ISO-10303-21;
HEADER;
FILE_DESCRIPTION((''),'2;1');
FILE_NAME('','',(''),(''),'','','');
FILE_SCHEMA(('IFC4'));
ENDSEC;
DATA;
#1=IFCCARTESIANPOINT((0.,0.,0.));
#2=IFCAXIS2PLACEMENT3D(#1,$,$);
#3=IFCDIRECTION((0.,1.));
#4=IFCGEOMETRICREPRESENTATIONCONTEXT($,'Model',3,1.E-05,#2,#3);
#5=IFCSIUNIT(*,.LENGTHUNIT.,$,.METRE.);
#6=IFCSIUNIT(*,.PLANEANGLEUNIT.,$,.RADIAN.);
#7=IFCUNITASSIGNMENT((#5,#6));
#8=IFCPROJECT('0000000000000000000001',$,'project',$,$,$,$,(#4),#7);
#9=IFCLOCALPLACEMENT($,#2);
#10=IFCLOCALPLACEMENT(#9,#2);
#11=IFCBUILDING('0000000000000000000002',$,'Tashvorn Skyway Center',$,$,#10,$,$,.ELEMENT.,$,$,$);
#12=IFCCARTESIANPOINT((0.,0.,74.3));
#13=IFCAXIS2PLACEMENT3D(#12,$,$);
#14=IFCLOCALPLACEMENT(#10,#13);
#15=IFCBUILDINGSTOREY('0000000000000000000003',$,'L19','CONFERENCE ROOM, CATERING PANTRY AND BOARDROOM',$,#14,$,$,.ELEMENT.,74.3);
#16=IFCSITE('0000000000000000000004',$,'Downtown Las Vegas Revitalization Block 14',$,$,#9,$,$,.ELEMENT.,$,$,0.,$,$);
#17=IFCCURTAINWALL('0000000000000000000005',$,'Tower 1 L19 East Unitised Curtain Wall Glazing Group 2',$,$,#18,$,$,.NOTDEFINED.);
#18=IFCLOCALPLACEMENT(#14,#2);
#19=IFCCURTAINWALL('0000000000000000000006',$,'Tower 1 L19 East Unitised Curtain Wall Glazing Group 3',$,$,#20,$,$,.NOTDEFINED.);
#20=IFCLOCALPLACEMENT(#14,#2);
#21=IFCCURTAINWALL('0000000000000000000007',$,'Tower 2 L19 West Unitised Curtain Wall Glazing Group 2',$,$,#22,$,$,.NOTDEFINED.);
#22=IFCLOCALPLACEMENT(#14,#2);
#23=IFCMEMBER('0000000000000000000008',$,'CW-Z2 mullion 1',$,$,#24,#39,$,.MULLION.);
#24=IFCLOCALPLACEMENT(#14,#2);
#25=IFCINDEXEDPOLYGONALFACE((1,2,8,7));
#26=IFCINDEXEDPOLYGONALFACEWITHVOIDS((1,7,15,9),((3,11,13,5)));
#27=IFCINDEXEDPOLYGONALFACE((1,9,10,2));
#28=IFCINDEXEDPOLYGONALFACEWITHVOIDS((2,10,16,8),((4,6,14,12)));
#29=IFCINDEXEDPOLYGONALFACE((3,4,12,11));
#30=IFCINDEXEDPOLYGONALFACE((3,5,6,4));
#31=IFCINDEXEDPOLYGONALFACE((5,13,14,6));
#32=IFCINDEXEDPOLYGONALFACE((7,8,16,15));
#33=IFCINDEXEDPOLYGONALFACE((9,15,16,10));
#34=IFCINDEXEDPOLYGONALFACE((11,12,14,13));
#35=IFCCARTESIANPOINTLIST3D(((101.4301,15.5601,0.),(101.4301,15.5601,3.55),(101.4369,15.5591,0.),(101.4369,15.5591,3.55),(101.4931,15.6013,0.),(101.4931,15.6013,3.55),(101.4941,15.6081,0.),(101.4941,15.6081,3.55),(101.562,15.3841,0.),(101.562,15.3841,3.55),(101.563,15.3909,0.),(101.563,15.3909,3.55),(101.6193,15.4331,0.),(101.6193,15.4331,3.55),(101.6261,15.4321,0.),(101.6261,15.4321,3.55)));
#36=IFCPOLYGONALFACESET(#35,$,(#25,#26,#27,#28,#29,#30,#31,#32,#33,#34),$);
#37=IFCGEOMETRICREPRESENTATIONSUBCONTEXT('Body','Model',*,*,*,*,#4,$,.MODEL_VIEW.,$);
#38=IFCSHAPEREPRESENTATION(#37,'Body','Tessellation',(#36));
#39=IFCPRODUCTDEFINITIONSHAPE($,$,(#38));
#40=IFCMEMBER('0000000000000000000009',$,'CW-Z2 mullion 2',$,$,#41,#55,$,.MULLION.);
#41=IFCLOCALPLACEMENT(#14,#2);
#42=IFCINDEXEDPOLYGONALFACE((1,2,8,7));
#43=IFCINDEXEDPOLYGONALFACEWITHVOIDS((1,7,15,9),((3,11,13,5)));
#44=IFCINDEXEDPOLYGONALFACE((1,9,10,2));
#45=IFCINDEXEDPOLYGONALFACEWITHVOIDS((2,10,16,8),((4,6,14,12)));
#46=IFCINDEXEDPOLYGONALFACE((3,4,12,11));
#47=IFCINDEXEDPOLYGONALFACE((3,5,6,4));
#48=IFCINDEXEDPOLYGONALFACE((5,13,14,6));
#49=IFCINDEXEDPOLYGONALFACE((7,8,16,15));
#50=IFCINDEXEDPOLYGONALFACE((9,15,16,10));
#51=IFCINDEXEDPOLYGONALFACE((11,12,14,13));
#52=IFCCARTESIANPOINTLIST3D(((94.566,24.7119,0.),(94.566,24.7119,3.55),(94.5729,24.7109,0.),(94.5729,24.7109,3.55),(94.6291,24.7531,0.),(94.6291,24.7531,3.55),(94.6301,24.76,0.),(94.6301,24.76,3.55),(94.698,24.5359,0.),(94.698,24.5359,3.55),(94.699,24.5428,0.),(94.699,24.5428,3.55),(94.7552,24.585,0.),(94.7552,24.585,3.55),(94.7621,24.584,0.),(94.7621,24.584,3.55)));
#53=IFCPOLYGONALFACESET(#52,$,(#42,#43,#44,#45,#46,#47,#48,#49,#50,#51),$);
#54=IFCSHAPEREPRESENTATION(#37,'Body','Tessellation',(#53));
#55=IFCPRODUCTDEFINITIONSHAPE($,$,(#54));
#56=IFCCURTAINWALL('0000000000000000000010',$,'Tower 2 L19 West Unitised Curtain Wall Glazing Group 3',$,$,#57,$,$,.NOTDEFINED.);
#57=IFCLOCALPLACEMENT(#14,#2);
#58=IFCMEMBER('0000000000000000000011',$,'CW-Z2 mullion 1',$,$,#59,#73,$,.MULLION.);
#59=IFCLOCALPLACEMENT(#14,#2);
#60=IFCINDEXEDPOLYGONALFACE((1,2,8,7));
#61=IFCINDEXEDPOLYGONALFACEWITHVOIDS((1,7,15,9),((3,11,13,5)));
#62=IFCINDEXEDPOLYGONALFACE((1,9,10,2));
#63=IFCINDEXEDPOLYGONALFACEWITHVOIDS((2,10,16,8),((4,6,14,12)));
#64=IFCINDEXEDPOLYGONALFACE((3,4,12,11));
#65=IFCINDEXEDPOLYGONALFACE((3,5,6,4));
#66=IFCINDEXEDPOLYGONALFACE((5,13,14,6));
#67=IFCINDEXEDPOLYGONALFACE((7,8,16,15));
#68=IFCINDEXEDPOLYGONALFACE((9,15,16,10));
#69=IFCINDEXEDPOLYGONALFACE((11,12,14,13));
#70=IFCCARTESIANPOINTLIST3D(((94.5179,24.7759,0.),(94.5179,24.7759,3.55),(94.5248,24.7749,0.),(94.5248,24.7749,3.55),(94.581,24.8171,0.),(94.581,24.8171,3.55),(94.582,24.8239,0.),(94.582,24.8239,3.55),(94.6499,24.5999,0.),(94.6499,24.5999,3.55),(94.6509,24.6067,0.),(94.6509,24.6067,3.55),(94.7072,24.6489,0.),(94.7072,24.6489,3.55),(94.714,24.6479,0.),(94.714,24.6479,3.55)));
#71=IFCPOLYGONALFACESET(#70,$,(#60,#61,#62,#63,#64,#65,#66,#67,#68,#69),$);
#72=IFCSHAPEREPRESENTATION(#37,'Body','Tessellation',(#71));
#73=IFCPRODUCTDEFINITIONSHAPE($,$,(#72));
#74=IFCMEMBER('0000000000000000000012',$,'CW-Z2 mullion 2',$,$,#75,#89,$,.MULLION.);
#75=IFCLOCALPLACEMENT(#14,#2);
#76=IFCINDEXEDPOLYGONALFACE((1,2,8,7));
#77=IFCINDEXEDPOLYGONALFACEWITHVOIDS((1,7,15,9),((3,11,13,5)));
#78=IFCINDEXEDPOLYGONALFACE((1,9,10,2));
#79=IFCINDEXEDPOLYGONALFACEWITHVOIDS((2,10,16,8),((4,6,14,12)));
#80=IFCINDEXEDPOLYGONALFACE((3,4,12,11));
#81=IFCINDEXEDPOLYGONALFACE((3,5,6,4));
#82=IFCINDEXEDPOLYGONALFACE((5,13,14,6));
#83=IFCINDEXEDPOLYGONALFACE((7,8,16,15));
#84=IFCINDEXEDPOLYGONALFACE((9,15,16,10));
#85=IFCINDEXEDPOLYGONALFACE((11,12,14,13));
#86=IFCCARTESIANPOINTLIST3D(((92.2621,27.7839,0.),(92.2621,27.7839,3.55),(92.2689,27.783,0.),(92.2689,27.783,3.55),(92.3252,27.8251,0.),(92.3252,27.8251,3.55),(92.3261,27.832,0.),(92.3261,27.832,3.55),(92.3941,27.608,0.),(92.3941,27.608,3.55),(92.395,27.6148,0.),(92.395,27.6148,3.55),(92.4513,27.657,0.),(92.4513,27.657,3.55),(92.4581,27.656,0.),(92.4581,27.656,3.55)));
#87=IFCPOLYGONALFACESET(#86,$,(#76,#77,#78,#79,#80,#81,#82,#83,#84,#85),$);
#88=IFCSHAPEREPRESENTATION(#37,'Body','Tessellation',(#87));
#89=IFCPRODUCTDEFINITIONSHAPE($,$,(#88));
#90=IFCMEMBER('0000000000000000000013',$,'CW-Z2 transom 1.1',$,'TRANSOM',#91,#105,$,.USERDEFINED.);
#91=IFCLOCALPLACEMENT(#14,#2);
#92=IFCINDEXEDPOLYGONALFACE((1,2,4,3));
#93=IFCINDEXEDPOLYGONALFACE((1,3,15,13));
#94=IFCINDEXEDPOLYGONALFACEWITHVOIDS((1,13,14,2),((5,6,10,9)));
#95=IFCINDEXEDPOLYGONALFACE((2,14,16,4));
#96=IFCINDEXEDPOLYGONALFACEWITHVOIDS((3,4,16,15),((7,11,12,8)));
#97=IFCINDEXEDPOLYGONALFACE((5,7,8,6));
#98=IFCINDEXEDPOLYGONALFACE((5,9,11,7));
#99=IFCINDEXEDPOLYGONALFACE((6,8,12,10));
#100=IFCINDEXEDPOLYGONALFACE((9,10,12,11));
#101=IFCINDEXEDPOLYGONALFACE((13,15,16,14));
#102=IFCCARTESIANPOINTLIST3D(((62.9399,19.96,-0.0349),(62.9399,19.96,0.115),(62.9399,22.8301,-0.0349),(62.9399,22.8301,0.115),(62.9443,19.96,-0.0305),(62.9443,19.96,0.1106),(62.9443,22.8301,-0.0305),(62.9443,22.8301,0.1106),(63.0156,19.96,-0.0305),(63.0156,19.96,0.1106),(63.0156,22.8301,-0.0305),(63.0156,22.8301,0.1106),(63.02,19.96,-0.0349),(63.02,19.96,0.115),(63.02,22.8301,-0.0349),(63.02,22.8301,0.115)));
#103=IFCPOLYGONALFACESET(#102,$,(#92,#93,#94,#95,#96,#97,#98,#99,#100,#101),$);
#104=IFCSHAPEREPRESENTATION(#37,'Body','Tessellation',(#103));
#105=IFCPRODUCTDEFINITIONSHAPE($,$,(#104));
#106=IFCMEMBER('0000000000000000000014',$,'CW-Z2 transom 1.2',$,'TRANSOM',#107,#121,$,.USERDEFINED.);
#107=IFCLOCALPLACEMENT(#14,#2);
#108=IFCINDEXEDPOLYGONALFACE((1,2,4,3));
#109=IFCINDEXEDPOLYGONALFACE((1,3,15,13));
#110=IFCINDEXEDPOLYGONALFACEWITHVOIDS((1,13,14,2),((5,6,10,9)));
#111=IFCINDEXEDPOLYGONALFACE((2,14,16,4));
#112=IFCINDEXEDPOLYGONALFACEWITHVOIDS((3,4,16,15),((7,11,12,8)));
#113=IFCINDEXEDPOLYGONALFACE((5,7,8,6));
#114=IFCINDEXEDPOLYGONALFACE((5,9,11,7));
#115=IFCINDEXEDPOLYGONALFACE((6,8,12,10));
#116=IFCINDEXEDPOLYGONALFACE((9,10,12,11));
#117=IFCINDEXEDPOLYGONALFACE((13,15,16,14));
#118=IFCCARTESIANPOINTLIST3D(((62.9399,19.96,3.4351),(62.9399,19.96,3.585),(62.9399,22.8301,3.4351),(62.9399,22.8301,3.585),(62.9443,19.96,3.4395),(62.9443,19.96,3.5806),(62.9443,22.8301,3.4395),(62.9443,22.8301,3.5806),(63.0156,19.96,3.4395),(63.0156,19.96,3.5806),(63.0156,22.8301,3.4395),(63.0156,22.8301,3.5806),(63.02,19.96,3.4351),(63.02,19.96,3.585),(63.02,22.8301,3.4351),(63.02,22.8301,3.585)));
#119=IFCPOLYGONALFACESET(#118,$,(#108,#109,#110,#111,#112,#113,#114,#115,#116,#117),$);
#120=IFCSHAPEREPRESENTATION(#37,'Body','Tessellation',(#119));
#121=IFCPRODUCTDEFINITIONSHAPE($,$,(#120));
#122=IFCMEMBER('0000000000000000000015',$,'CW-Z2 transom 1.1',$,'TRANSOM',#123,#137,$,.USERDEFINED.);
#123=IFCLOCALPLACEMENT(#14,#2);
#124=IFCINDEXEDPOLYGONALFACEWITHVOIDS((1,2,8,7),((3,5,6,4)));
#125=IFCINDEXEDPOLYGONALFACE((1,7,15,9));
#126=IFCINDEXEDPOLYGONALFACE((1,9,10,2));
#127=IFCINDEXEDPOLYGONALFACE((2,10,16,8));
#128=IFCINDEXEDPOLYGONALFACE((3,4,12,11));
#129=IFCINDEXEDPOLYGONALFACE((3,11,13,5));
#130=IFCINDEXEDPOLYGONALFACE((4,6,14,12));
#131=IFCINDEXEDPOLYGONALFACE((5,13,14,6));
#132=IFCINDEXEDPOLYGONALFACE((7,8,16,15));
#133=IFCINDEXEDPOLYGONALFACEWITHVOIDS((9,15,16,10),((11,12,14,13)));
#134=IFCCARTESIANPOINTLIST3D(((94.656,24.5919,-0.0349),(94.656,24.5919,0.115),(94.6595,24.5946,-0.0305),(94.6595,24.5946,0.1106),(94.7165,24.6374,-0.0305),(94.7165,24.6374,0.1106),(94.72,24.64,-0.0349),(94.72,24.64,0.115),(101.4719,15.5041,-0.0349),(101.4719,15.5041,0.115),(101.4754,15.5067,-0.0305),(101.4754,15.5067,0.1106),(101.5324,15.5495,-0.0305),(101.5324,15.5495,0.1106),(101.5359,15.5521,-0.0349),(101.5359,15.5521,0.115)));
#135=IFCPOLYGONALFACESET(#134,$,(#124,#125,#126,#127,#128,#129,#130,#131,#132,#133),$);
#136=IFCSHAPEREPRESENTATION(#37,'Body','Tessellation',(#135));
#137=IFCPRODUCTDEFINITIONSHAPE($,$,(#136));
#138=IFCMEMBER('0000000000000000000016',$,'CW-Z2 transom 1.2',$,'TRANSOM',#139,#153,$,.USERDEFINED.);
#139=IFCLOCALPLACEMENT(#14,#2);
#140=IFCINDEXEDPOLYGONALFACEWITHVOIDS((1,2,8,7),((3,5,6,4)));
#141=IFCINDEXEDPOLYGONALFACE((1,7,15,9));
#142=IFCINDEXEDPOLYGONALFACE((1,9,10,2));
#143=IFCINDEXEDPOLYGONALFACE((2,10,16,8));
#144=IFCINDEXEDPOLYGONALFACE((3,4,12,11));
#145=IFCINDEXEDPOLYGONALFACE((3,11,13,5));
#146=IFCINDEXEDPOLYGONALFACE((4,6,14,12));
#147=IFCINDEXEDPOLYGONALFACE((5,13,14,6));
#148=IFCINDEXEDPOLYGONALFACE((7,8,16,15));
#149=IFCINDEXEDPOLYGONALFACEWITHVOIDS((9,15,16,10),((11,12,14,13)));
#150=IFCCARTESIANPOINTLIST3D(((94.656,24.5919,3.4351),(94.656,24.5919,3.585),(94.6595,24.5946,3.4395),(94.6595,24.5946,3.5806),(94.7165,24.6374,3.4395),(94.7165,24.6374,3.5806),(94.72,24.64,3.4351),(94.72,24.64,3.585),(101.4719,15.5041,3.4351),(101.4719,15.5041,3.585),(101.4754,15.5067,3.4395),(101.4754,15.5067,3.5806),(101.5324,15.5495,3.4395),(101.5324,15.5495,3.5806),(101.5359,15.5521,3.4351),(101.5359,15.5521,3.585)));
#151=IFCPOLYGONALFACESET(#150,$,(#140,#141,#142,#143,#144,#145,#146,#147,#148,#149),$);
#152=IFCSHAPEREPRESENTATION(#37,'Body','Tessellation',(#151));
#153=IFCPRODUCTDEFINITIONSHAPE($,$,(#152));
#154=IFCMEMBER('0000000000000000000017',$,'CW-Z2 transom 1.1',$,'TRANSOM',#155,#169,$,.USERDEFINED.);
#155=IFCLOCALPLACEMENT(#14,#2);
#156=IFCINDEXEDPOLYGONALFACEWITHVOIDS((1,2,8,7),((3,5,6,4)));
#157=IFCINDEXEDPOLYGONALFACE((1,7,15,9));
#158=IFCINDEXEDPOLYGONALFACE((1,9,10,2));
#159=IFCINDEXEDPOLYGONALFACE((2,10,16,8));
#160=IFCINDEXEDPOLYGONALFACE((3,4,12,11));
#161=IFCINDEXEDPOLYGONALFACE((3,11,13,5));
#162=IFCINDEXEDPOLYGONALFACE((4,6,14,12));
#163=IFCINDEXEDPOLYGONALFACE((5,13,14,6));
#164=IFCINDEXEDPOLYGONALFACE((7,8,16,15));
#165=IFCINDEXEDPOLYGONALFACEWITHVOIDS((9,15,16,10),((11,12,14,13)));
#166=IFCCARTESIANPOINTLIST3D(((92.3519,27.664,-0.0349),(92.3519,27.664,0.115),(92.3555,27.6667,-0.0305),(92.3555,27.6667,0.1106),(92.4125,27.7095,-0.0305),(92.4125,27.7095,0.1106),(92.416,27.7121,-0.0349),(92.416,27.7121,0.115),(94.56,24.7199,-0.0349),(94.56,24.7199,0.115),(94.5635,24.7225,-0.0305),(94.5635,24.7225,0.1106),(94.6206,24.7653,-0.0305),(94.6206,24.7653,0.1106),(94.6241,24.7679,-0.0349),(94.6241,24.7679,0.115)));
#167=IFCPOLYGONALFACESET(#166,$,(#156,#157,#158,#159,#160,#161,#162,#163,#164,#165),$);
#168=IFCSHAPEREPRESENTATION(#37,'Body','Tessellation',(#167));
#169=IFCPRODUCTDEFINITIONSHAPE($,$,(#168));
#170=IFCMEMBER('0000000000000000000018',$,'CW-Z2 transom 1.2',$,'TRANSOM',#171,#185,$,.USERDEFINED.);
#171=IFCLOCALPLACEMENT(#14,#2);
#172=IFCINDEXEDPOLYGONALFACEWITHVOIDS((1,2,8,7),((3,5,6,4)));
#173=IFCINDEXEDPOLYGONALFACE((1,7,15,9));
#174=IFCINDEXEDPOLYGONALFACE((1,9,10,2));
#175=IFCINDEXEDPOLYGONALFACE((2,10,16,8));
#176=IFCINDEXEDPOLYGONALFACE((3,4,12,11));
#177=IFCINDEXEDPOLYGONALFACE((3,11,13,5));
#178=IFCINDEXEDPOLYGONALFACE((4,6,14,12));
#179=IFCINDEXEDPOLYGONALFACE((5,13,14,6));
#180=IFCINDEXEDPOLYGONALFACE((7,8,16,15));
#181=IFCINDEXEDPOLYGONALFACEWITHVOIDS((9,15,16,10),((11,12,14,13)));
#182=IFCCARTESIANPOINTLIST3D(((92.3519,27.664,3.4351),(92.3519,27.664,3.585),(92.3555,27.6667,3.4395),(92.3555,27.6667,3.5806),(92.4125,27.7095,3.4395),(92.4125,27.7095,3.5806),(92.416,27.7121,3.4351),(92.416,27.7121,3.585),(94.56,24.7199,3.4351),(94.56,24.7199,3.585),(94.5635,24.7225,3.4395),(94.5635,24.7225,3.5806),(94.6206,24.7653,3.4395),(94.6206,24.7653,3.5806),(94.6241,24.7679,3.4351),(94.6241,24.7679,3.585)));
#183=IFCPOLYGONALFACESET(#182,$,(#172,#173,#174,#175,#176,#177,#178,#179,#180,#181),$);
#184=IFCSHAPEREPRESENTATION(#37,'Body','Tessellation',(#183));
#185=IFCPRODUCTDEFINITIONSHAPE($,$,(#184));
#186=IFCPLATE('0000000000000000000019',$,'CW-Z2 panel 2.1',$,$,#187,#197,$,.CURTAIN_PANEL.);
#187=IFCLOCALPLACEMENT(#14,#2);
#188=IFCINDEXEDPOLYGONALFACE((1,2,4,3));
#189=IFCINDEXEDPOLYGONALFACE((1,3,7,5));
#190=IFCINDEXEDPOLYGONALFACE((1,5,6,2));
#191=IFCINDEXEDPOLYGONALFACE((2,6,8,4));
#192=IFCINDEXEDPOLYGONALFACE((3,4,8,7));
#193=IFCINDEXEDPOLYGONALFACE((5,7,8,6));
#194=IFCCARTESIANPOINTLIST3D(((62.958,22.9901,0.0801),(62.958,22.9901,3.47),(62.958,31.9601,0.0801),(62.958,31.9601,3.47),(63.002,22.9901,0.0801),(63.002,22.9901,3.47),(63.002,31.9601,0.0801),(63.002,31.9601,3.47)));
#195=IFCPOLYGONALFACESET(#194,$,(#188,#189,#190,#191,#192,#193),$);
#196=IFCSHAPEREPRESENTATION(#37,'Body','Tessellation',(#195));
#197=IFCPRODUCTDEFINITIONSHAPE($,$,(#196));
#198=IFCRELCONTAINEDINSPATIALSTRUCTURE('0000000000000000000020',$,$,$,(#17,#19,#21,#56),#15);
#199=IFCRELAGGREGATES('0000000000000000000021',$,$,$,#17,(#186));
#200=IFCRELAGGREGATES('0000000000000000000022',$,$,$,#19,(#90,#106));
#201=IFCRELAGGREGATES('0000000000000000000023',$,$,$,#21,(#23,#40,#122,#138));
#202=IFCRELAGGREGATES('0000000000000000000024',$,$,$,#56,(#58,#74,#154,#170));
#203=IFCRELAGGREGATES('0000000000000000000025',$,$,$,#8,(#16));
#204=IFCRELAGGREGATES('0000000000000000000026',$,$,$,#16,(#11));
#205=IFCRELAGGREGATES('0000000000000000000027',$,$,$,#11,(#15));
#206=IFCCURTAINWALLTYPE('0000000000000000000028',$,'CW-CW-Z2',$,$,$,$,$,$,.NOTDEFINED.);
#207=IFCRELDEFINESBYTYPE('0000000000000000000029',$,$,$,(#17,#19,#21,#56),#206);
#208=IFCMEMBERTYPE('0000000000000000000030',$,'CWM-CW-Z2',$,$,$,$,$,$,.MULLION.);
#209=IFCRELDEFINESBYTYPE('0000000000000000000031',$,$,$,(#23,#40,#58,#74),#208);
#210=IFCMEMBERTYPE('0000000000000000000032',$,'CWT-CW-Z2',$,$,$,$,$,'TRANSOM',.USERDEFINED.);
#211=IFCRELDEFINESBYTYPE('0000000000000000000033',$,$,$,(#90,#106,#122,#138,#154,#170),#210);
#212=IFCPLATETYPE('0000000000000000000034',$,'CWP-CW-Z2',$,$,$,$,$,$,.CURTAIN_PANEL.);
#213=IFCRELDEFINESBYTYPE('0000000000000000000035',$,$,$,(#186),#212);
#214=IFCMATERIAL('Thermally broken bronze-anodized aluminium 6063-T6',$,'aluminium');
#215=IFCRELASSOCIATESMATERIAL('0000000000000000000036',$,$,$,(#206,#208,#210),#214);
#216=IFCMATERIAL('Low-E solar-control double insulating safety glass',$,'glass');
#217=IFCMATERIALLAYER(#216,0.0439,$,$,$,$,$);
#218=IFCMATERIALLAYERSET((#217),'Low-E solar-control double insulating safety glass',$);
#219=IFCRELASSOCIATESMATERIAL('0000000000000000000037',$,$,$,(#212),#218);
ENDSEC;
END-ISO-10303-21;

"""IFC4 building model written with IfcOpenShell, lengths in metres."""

from ifc_helpers import new_model, si_unit, direction, frame, origin, origin_2d, place, context, subcontext, project, spatial, rectangle, hollow_rectangle, extrude, material, layer, layer_set, material_profile, profile_set, type_object, element, aggregate, save


model = new_model("IFC4")

# Units and contexts
model_context = context("Model", 3, precision=1e-05, world=origin(), true_north=direction((0.0, 1.0)))
body_context = subcontext(model_context, "Body", "Model", "MODEL_VIEW")
ifc_project = project(units=[si_unit("LENGTHUNIT", "METRE"), si_unit("PLANEANGLEUNIT", "RADIAN")], contexts=[model_context])

# Site, building, storey
site_placement = place(None, origin())
site = spatial("IfcSite", under=ifc_project, at=site_placement, Name="Downtown Las Vegas Revitalization Block 14", CompositionType="ELEMENT", RefElevation=0.0)
building_placement = place(site_placement, origin())
building = spatial("IfcBuilding", under=site, at=building_placement, Name="Tashvorn Skyway Center", CompositionType="ELEMENT")
storey_placement = place(building_placement, frame((0.0, 0.0, 74.3)))
storey = spatial("IfcBuildingStorey", under=building, at=storey_placement, Name="L19", Description="CONFERENCE ROOM, CATERING PANTRY AND BOARDROOM", CompositionType="ELEMENT", Elevation=74.3)

# Curtain wall
ifc_material_1 = material(Name="Thermally broken bronze-anodized aluminium 6063-T6", Category="aluminium")
curtain_wall_type = type_object("IfcCurtainWallType", Name="CW-CW-Z2", PredefinedType="NOTDEFINED", material=ifc_material_1)
curtain_wall_1_placement = place(storey_placement, origin())
curtain_wall_1 = element("IfcCurtainWall", 1, at=curtain_wall_1_placement, inside=storey, type_object=curtain_wall_type, Name="Tower 1 L19 East Unitised Curtain Wall Glazing Group 2", PredefinedType="NOTDEFINED")
ifc_material_profile_1 = material_profile(ifc_material_1, hollow_rectangle(XDim=0.0801, YDim=0.22, WallThickness=0.0049, at=origin_2d()), Name="ALU-MULL-80x220")
ifc_profile_set_1 = profile_set([ifc_material_profile_1], Name="Thermally broken bronze-anodized aluminium 6063-T6")
member_type_1 = type_object("IfcMemberType", Name="CWM-CW-Z2", PredefinedType="MULLION", material=ifc_profile_set_1)

# Curtain wall
curtain_wall_2_placement = place(storey_placement, origin())
curtain_wall_2 = element("IfcCurtainWall", 2, at=curtain_wall_2_placement, inside=storey, type_object=curtain_wall_type, Name="Tower 1 L19 East Unitised Curtain Wall Glazing Group 3", PredefinedType="NOTDEFINED")

# Curtain walls, members
curtain_wall_3_placement = place(storey_placement, origin())
curtain_wall_3 = element("IfcCurtainWall", 3, at=curtain_wall_3_placement, inside=storey, type_object=curtain_wall_type, Name="Tower 2 L19 West Unitised Curtain Wall Glazing Group 2", PredefinedType="NOTDEFINED")
member_1_placement = place(storey_placement, frame((101.5281, 15.4961, 0.0), z_axis=(0.0, 0.0, 1.0), x_axis=(-0.8, -0.6, 0.0)))
member_1 = element("IfcMember", 4, at=member_1_placement, type_object=member_type_1, Name="CW-Z2 mullion 1", PredefinedType="MULLION", context=body_context, shape_type="SweptSolid", body=[
    extrude(hollow_rectangle(XDim=0.0801, YDim=0.22, WallThickness=0.0049, at=origin_2d()), origin(), (0.0, 0.0, 1.0), 3.55),
])
member_2_placement = place(storey_placement, frame((94.6641, 24.6479, 0.0), z_axis=(0.0, 0.0, 1.0), x_axis=(-0.8, -0.6, 0.0)))
member_2 = element("IfcMember", 5, at=member_2_placement, type_object=member_type_1, Name="CW-Z2 mullion 2", PredefinedType="MULLION", context=body_context, shape_type="SweptSolid", body=[
    extrude(hollow_rectangle(XDim=0.0801, YDim=0.22, WallThickness=0.0049, at=origin_2d()), origin(), (0.0, 0.0, 1.0), 3.55),
])
curtain_wall_4_placement = place(storey_placement, origin())
curtain_wall_4 = element("IfcCurtainWall", 6, at=curtain_wall_4_placement, inside=storey, type_object=curtain_wall_type, Name="Tower 2 L19 West Unitised Curtain Wall Glazing Group 3", PredefinedType="NOTDEFINED")
member_3_placement = place(storey_placement, frame((94.616, 24.7119, 0.0), z_axis=(0.0, 0.0, 1.0), x_axis=(-0.8, -0.6, 0.0)))
member_3 = element("IfcMember", 7, at=member_3_placement, type_object=member_type_1, Name="CW-Z2 mullion 1", PredefinedType="MULLION", context=body_context, shape_type="SweptSolid", body=[
    extrude(hollow_rectangle(XDim=0.0801, YDim=0.22, WallThickness=0.0049, at=origin_2d()), origin(), (0.0, 0.0, 1.0), 3.55),
])
member_4_placement = place(storey_placement, frame((92.3601, 27.72, 0.0), z_axis=(0.0, 0.0, 1.0), x_axis=(-0.8, -0.6, 0.0)))
member_4 = element("IfcMember", 8, at=member_4_placement, type_object=member_type_1, Name="CW-Z2 mullion 2", PredefinedType="MULLION", context=body_context, shape_type="SweptSolid", body=[
    extrude(hollow_rectangle(XDim=0.0801, YDim=0.22, WallThickness=0.0049, at=origin_2d()), origin(), (0.0, 0.0, 1.0), 3.55),
])

# Members
ifc_material_profile_2 = material_profile(ifc_material_1, hollow_rectangle(XDim=0.0801, YDim=0.1499, WallThickness=0.0044, at=origin_2d()), Name="ALU-TRAN-80x150")
ifc_profile_set_2 = profile_set([ifc_material_profile_2], Name="Thermally broken bronze-anodized aluminium 6063-T6")
member_type_2 = type_object("IfcMemberType", Name="CWT-CW-Z2", ElementType="TRANSOM", PredefinedType="USERDEFINED", material=ifc_profile_set_2)
member_5_placement = place(storey_placement, frame((62.98, 22.8301, 0.04), z_axis=(0.0, -1.0, 0.0), x_axis=(1.0, 0.0, 0.0)))
member_5 = element("IfcMember", 9, at=member_5_placement, type_object=member_type_2, Name="CW-Z2 transom 1.1", ObjectType="TRANSOM", PredefinedType="USERDEFINED", context=body_context, shape_type="SweptSolid", body=[
    extrude(hollow_rectangle(XDim=0.0801, YDim=0.1499, WallThickness=0.0044, at=origin_2d()), origin(), (0.0, 0.0, 1.0), 2.8701),
])
member_6_placement = place(storey_placement, frame((62.98, 22.8301, 3.51), z_axis=(0.0, -1.0, 0.0), x_axis=(1.0, 0.0, 0.0)))
member_6 = element("IfcMember", 10, at=member_6_placement, type_object=member_type_2, Name="CW-Z2 transom 1.2", ObjectType="TRANSOM", PredefinedType="USERDEFINED", context=body_context, shape_type="SweptSolid", body=[
    extrude(hollow_rectangle(XDim=0.0801, YDim=0.1499, WallThickness=0.0044, at=origin_2d()), origin(), (0.0, 0.0, 1.0), 2.8701),
])
member_7_placement = place(storey_placement, frame((101.5039, 15.5281, 0.04), z_axis=(-0.6, 0.8, 0.0), x_axis=(-0.8, -0.6, 0.0)))
member_7 = element("IfcMember", 11, at=member_7_placement, type_object=member_type_2, Name="CW-Z2 transom 1.1", ObjectType="TRANSOM", PredefinedType="USERDEFINED", context=body_context, shape_type="SweptSolid", body=[
    extrude(hollow_rectangle(XDim=0.0801, YDim=0.1499, WallThickness=0.0044, at=origin_2d()), origin(), (0.0, 0.0, 1.0), 11.3599),
])
member_8_placement = place(storey_placement, frame((101.5039, 15.5281, 3.51), z_axis=(-0.6, 0.8, 0.0), x_axis=(-0.8, -0.6, 0.0)))
member_8 = element("IfcMember", 12, at=member_8_placement, type_object=member_type_2, Name="CW-Z2 transom 1.2", ObjectType="TRANSOM", PredefinedType="USERDEFINED", context=body_context, shape_type="SweptSolid", body=[
    extrude(hollow_rectangle(XDim=0.0801, YDim=0.1499, WallThickness=0.0044, at=origin_2d()), origin(), (0.0, 0.0, 1.0), 11.3599),
])
member_9_placement = place(storey_placement, frame((94.592, 24.7439, 0.04), z_axis=(-0.599989, 0.800008, 0.0), x_axis=(-0.800008, -0.599989, 0.0)))
member_9 = element("IfcMember", 13, at=member_9_placement, type_object=member_type_2, Name="CW-Z2 transom 1.1", ObjectType="TRANSOM", PredefinedType="USERDEFINED", context=body_context, shape_type="SweptSolid", body=[
    extrude(hollow_rectangle(XDim=0.0801, YDim=0.1499, WallThickness=0.0044, at=origin_2d()), origin(), (0.0, 0.0, 1.0), 3.6802),
])
member_10_placement = place(storey_placement, frame((94.592, 24.7439, 3.51), z_axis=(-0.599989, 0.800008, 0.0), x_axis=(-0.800008, -0.599989, 0.0)))
member_10 = element("IfcMember", 14, at=member_10_placement, type_object=member_type_2, Name="CW-Z2 transom 1.2", ObjectType="TRANSOM", PredefinedType="USERDEFINED", context=body_context, shape_type="SweptSolid", body=[
    extrude(hollow_rectangle(XDim=0.0801, YDim=0.1499, WallThickness=0.0044, at=origin_2d()), origin(), (0.0, 0.0, 1.0), 3.6802),
])

# Plate
ifc_material_2 = material(Name="Low-E solar-control double insulating safety glass", Category="glass")
ifc_layer_1 = layer(ifc_material_2, 0.0439)
ifc_layer_set_1 = layer_set([ifc_layer_1], Name="Low-E solar-control double insulating safety glass")
plate_type = type_object("IfcPlateType", Name="CWP-CW-Z2", PredefinedType="CURTAIN_PANEL", material=ifc_layer_set_1)
plate_1_placement = place(storey_placement, frame((62.98, 27.4751, 0.0801), z_axis=(0.0, 0.0, 1.0), x_axis=(0.0, -1.0, 0.0)))
plate_1 = element("IfcPlate", 15, at=plate_1_placement, type_object=plate_type, Name="CW-Z2 panel 2.1", PredefinedType="CURTAIN_PANEL", context=body_context, shape_type="SweptSolid", body=[
    extrude(rectangle(XDim=8.97, YDim=0.0439, at=origin_2d()), origin(), (0.0, 0.0, 1.0), 3.3899),
])
aggregate(curtain_wall_1, [plate_1])
aggregate(curtain_wall_2, [member_5, member_6])
aggregate(curtain_wall_3, [member_1, member_2, member_7, member_8])
aggregate(curtain_wall_4, [member_3, member_4, member_9, member_10])

save(model, "model.ifc")
